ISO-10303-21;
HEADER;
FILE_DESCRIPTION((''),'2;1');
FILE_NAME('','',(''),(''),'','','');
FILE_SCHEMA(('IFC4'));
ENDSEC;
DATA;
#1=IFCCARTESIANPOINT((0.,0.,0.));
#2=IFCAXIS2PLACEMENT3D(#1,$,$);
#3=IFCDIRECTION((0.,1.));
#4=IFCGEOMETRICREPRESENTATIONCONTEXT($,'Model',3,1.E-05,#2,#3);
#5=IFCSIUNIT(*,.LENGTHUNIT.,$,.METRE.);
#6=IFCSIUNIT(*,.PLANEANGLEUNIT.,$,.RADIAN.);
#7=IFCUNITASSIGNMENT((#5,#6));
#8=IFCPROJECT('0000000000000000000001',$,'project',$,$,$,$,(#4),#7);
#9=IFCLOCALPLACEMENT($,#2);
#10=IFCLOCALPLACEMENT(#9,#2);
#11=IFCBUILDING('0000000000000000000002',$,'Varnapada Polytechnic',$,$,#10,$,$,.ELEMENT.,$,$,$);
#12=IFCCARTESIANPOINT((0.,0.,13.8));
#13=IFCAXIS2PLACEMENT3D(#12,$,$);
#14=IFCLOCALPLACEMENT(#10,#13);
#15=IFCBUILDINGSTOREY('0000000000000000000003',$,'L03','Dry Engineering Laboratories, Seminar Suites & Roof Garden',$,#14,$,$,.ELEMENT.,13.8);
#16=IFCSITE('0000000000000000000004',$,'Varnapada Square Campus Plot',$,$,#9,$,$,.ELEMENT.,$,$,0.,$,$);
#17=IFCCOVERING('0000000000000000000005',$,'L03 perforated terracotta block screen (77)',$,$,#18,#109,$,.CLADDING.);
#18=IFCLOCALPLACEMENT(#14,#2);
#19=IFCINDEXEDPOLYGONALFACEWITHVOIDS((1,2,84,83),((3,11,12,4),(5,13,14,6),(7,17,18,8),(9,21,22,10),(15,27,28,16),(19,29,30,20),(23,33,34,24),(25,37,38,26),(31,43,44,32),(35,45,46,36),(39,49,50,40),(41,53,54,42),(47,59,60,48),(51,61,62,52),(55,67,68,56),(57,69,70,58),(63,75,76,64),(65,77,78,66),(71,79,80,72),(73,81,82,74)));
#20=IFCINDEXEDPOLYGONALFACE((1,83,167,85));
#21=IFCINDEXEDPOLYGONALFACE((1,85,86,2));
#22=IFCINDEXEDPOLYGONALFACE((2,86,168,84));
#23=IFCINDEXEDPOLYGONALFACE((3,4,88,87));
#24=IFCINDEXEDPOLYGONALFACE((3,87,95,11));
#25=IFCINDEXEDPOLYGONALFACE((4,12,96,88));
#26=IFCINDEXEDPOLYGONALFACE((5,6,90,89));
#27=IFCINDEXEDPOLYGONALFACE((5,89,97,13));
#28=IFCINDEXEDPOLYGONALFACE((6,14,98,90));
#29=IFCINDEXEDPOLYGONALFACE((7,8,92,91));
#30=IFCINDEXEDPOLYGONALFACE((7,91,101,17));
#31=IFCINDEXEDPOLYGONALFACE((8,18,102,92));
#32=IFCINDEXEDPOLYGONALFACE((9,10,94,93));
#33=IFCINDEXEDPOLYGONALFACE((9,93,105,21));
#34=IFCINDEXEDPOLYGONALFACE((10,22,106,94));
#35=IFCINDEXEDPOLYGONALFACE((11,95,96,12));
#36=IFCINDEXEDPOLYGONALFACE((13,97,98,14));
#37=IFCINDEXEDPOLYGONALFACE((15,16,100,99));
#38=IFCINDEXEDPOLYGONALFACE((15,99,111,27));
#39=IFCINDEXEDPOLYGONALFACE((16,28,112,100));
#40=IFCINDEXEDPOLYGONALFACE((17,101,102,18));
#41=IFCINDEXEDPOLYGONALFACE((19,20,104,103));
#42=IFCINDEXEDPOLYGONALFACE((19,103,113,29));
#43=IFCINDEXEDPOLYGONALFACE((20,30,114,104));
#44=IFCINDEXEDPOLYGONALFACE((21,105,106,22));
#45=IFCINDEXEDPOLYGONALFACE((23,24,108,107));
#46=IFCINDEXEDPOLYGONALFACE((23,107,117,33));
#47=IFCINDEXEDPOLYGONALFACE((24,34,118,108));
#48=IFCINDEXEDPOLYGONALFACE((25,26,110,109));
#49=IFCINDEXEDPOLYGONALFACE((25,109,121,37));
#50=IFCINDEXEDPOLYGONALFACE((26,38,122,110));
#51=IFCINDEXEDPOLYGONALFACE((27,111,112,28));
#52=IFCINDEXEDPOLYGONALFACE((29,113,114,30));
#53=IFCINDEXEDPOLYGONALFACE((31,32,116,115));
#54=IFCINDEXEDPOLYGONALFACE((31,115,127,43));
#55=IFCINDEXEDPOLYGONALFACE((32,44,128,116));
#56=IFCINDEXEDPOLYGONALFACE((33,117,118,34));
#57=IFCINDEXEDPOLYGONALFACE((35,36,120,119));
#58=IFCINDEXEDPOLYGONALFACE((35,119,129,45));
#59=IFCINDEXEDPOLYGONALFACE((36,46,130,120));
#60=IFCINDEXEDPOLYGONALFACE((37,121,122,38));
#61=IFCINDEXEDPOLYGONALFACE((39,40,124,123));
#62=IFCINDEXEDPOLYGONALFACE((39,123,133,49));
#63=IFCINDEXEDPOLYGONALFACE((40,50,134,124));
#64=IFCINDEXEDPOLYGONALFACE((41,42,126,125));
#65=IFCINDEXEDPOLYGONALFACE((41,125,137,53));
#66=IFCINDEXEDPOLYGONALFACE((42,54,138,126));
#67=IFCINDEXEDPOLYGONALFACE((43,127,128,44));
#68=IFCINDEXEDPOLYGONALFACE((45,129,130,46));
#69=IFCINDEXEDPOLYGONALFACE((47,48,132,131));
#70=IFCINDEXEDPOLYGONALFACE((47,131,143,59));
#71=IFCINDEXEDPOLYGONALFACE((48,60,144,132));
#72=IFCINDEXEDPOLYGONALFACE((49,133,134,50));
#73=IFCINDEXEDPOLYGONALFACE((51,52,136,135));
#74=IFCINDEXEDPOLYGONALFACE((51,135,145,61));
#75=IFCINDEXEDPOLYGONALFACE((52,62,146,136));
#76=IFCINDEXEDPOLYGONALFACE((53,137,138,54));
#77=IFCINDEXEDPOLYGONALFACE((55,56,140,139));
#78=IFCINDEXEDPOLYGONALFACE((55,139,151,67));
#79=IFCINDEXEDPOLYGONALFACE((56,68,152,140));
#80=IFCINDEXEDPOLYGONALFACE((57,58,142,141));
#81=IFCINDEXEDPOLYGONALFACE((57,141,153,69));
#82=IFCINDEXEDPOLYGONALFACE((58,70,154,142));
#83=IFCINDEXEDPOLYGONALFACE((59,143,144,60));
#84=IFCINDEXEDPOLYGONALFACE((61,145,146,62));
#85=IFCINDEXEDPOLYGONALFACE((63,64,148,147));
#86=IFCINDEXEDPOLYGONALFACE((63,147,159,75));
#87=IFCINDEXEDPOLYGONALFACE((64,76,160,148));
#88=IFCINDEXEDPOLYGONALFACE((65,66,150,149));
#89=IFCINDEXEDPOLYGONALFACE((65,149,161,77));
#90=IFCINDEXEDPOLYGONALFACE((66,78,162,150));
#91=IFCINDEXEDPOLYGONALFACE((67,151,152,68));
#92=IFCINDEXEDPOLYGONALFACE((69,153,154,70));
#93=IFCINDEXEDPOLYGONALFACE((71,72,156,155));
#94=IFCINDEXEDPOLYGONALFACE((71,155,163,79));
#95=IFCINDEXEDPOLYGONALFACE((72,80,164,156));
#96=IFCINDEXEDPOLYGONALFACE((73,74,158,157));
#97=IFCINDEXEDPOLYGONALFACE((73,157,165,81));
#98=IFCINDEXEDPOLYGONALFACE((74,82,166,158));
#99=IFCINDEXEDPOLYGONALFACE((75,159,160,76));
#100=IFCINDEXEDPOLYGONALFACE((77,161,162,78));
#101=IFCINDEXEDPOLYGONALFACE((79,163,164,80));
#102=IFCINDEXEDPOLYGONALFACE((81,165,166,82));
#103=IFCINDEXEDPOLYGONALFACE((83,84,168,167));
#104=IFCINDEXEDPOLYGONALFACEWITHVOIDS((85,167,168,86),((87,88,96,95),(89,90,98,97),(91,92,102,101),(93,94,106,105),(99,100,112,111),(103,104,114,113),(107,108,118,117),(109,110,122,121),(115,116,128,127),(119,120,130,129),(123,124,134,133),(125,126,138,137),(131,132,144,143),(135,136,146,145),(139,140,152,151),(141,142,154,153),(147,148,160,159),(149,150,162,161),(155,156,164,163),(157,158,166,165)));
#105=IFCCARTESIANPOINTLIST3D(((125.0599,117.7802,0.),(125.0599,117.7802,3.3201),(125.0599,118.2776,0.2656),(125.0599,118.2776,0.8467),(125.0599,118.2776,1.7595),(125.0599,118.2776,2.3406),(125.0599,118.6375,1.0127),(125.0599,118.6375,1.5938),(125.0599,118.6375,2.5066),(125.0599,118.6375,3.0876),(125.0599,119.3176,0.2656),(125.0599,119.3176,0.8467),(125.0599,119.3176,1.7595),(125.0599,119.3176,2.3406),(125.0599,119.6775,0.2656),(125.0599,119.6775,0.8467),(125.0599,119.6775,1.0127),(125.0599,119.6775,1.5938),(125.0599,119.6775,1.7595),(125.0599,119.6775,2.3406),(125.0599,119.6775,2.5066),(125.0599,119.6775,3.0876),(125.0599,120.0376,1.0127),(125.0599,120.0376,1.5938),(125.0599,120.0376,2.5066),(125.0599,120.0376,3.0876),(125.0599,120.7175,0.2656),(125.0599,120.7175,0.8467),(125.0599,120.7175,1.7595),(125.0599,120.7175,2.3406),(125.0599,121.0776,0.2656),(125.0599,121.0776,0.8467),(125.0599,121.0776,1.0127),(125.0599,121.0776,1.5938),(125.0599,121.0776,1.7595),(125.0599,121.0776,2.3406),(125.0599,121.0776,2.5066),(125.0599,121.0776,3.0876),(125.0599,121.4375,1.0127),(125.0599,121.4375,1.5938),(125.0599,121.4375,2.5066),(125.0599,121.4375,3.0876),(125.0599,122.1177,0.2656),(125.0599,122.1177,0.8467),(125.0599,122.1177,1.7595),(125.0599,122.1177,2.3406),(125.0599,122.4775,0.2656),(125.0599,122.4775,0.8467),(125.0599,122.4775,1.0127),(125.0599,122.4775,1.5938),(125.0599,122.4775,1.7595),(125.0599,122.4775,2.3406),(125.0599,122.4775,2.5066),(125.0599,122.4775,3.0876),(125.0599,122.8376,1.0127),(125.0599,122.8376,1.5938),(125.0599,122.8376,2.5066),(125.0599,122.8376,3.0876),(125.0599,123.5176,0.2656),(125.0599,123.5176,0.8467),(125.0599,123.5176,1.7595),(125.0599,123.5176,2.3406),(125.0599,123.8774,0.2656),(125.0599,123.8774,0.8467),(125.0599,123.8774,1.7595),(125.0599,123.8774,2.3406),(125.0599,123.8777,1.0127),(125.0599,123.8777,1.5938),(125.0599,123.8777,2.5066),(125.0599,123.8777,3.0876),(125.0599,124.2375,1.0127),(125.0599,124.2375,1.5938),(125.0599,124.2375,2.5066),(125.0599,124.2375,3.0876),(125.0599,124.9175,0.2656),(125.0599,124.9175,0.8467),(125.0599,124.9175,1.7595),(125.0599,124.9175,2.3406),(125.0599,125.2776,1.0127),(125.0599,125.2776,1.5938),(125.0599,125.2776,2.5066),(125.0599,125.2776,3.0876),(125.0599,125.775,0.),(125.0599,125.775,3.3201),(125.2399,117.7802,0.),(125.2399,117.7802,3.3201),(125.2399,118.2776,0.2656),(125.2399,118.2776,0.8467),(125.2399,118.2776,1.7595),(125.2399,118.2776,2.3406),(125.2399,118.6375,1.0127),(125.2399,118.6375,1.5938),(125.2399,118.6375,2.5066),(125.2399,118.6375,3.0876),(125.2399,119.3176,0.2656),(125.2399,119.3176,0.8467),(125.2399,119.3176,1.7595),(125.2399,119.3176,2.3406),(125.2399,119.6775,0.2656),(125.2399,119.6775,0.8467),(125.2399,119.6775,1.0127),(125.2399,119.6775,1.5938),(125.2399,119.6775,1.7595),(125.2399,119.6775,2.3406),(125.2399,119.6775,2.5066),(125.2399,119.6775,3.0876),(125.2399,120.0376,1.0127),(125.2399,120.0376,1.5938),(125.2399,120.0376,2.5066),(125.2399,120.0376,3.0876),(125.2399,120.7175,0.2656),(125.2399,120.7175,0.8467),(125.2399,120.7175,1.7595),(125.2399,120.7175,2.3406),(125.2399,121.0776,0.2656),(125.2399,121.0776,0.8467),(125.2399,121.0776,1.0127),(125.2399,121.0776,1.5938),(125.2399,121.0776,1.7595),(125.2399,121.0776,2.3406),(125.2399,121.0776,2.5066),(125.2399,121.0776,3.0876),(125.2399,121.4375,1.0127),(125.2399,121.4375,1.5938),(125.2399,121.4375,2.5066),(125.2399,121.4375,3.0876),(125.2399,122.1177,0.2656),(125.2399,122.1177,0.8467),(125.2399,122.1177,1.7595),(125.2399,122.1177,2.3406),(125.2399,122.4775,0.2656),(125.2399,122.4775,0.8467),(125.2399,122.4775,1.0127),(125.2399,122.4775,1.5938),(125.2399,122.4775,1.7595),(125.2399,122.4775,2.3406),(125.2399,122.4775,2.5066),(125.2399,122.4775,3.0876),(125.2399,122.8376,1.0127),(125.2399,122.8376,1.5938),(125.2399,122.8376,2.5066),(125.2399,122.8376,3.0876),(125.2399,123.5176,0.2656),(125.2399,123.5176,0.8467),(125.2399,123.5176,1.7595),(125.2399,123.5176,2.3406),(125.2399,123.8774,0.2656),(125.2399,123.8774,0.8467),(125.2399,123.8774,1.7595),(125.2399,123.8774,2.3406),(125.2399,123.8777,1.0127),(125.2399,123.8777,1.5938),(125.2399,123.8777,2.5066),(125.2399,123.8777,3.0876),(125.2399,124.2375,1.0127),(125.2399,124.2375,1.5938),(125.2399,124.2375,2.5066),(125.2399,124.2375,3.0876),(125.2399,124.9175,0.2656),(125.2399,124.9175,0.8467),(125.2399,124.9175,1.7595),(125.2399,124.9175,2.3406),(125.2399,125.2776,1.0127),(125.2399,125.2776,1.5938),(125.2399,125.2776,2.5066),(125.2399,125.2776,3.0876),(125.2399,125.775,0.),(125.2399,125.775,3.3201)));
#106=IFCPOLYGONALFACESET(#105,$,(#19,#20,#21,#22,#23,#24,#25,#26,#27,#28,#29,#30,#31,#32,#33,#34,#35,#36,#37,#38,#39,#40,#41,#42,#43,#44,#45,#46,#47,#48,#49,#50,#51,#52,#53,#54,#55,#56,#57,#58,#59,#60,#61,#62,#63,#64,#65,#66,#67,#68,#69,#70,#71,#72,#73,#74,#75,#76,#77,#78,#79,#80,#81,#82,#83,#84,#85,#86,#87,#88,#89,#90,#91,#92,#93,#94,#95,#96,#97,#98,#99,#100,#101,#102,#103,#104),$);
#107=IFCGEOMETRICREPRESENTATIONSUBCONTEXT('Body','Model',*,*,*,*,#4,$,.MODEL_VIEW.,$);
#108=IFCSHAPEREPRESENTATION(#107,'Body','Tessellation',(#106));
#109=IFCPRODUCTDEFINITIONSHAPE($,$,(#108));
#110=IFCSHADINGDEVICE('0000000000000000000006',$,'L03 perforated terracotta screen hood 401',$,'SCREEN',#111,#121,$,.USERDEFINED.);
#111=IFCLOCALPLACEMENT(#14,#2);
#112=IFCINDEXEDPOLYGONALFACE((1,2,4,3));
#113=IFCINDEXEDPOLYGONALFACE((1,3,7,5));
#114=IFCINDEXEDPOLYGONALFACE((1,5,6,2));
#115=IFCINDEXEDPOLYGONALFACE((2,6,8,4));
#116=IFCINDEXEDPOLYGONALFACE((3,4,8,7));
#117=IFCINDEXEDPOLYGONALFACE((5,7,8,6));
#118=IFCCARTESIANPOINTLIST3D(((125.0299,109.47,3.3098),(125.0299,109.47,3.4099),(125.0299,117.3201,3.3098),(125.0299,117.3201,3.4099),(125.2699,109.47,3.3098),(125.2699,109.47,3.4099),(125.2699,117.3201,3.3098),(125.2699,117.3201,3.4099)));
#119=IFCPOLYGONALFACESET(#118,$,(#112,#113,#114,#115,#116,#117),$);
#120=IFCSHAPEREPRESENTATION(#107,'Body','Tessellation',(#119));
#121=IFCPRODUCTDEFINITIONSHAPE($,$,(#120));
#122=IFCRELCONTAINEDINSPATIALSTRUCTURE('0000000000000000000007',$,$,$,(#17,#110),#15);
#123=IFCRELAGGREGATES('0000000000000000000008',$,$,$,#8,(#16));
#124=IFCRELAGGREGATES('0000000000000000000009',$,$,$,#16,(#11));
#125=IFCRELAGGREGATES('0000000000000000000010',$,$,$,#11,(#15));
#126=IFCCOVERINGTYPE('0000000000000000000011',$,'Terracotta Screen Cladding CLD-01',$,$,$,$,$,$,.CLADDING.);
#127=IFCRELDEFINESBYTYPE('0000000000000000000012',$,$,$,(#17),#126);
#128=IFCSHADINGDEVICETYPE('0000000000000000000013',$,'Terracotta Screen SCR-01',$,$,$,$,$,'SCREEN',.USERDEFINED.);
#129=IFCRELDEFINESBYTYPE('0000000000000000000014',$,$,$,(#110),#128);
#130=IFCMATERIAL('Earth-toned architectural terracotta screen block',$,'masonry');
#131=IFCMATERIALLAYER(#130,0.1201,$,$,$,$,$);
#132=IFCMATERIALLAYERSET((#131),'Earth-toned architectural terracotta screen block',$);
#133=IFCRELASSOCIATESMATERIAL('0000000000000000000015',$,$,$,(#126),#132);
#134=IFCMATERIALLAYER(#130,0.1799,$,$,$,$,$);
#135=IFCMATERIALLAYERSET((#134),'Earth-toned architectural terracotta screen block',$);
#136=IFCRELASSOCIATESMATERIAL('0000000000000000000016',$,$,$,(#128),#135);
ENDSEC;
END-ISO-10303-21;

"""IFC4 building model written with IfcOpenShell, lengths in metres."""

from ifc_helpers import new_model, si_unit, direction, frame, frame_2d, origin, origin_2d, place, context, subcontext, project, spatial, rectangle, extrude, material, layer, layer_set, type_object, element, save


model = new_model("IFC4")

# Units and contexts
model_context = context("Model", 3, precision=1e-05, world=origin(), true_north=direction((0.0, 1.0)))
body_context = subcontext(model_context, "Body", "Model", "MODEL_VIEW")
ifc_project = project(units=[si_unit("LENGTHUNIT", "METRE"), si_unit("PLANEANGLEUNIT", "RADIAN")], contexts=[model_context])

# Site, building, storey
site_placement = place(None, origin())
site = spatial("IfcSite", under=ifc_project, at=site_placement, Name="Varnapada Square Campus Plot", CompositionType="ELEMENT", RefElevation=0.0)
building_placement = place(site_placement, origin())
building = spatial("IfcBuilding", under=site, at=building_placement, Name="Varnapada Polytechnic", CompositionType="ELEMENT")
storey_placement = place(building_placement, frame((0.0, 0.0, 13.8)))
storey = spatial("IfcBuildingStorey", under=building, at=storey_placement, Name="L03", Description="Dry Engineering Laboratories, Seminar Suites & Roof Garden", CompositionType="ELEMENT", Elevation=13.8)

# Covering, openings
ifc_material_1 = material(Name="Earth-toned architectural terracotta screen block", Category="masonry")
ifc_layer_1 = layer(ifc_material_1, 0.1201)
ifc_layer_set_1 = layer_set([ifc_layer_1], Name="Earth-toned architectural terracotta screen block")
covering_type = type_object("IfcCoveringType", Name="Terracotta Screen Cladding CLD-01", PredefinedType="CLADDING", material=ifc_layer_set_1)
covering_placement = place(storey_placement, frame((125.1499, 117.78, 0.0), z_axis=(0.0, 0.0, 1.0), x_axis=(0.0, 1.0, 0.0)))
covering = element("IfcCovering", 1, at=covering_placement, inside=storey, type_object=covering_type, Name="L03 perforated terracotta block screen (77)", PredefinedType="CLADDING", context=body_context, shape_type="SweptSolid", body=[
    extrude(rectangle(XDim=7.9949, YDim=0.1799, at=frame_2d((3.9976, 0.0))), origin(), (0.0, 0.0, 1.0), 3.3201),
])
opening_1_placement = place(covering_placement, frame((0.4976, 0.0, 0.2656)))
element("IfcOpeningElement", 2, at=opening_1_placement, cuts=covering, PredefinedType="OPENING", context=body_context, shape_type="SweptSolid", body=[
    extrude(rectangle(XDim=1.04, YDim=0.5811, at=frame_2d((0.52, 0.2905))), frame((0.0, 0.0999, 0.0), z_axis=(0.0, -1.0, 0.0), x_axis=(1.0, 0.0, 0.0)), (0.0, 0.0, 1.0), 0.2),
])
opening_2_placement = place(covering_placement, frame((1.8975, 0.0, 0.2656)))
element("IfcOpeningElement", 3, at=opening_2_placement, cuts=covering, PredefinedType="OPENING", context=body_context, shape_type="SweptSolid", body=[
    extrude(rectangle(XDim=1.04, YDim=0.5811, at=frame_2d((0.52, 0.2905))), frame((0.0, 0.0999, 0.0), z_axis=(0.0, -1.0, 0.0), x_axis=(1.0, 0.0, 0.0)), (0.0, 0.0, 1.0), 0.2),
])
opening_3_placement = place(covering_placement, frame((3.2976, 0.0, 0.2656)))
element("IfcOpeningElement", 4, at=opening_3_placement, cuts=covering, PredefinedType="OPENING", context=body_context, shape_type="SweptSolid", body=[
    extrude(rectangle(XDim=1.04, YDim=0.5811, at=frame_2d((0.52, 0.2905))), frame((0.0, 0.0999, 0.0), z_axis=(0.0, -1.0, 0.0), x_axis=(1.0, 0.0, 0.0)), (0.0, 0.0, 1.0), 0.2),
])
opening_4_placement = place(covering_placement, frame((4.6975, 0.0, 0.2656)))
element("IfcOpeningElement", 5, at=opening_4_placement, cuts=covering, PredefinedType="OPENING", context=body_context, shape_type="SweptSolid", body=[
    extrude(rectangle(XDim=1.04, YDim=0.5811, at=frame_2d((0.52, 0.2905))), frame((0.0, 0.0999, 0.0), z_axis=(0.0, -1.0, 0.0), x_axis=(1.0, 0.0, 0.0)), (0.0, 0.0, 1.0), 0.2),
])
opening_5_placement = place(covering_placement, frame((6.0974, 0.0, 0.2656)))
element("IfcOpeningElement", 6, at=opening_5_placement, cuts=covering, PredefinedType="OPENING", context=body_context, shape_type="SweptSolid", body=[
    extrude(rectangle(XDim=1.04, YDim=0.5811, at=frame_2d((0.52, 0.2905))), frame((0.0, 0.0999, 0.0), z_axis=(0.0, -1.0, 0.0), x_axis=(1.0, 0.0, 0.0)), (0.0, 0.0, 1.0), 0.2),
])
opening_6_placement = place(covering_placement, frame((0.8574, 0.0, 1.0127)))
element("IfcOpeningElement", 7, at=opening_6_placement, cuts=covering, PredefinedType="OPENING", context=body_context, shape_type="SweptSolid", body=[
    extrude(rectangle(XDim=1.04, YDim=0.5811, at=frame_2d((0.52, 0.2905))), frame((0.0, 0.0999, 0.0), z_axis=(0.0, -1.0, 0.0), x_axis=(1.0, 0.0, 0.0)), (0.0, 0.0, 1.0), 0.2),
])
opening_7_placement = place(covering_placement, frame((2.2576, 0.0, 1.0127)))
element("IfcOpeningElement", 8, at=opening_7_placement, cuts=covering, PredefinedType="OPENING", context=body_context, shape_type="SweptSolid", body=[
    extrude(rectangle(XDim=1.04, YDim=0.5811, at=frame_2d((0.52, 0.2905))), frame((0.0, 0.0999, 0.0), z_axis=(0.0, -1.0, 0.0), x_axis=(1.0, 0.0, 0.0)), (0.0, 0.0, 1.0), 0.2),
])
opening_8_placement = place(covering_placement, frame((3.6575, 0.0, 1.0127)))
element("IfcOpeningElement", 9, at=opening_8_placement, cuts=covering, PredefinedType="OPENING", context=body_context, shape_type="SweptSolid", body=[
    extrude(rectangle(XDim=1.04, YDim=0.5811, at=frame_2d((0.52, 0.2905))), frame((0.0, 0.0999, 0.0), z_axis=(0.0, -1.0, 0.0), x_axis=(1.0, 0.0, 0.0)), (0.0, 0.0, 1.0), 0.2),
])
opening_9_placement = place(covering_placement, frame((5.0576, 0.0, 1.0127)))
element("IfcOpeningElement", 10, at=opening_9_placement, cuts=covering, PredefinedType="OPENING", context=body_context, shape_type="SweptSolid", body=[
    extrude(rectangle(XDim=1.04, YDim=0.5811, at=frame_2d((0.52, 0.2905))), frame((0.0, 0.0999, 0.0), z_axis=(0.0, -1.0, 0.0), x_axis=(1.0, 0.0, 0.0)), (0.0, 0.0, 1.0), 0.2),
])
opening_10_placement = place(covering_placement, frame((6.4575, 0.0, 1.0127)))
element("IfcOpeningElement", 11, at=opening_10_placement, cuts=covering, PredefinedType="OPENING", context=body_context, shape_type="SweptSolid", body=[
    extrude(rectangle(XDim=1.04, YDim=0.5811, at=frame_2d((0.52, 0.2905))), frame((0.0, 0.0999, 0.0), z_axis=(0.0, -1.0, 0.0), x_axis=(1.0, 0.0, 0.0)), (0.0, 0.0, 1.0), 0.2),
])
opening_11_placement = place(covering_placement, frame((0.4976, 0.0, 1.7595)))
element("IfcOpeningElement", 12, at=opening_11_placement, cuts=covering, PredefinedType="OPENING", context=body_context, shape_type="SweptSolid", body=[
    extrude(rectangle(XDim=1.04, YDim=0.5811, at=frame_2d((0.52, 0.2905))), frame((0.0, 0.0999, 0.0), z_axis=(0.0, -1.0, 0.0), x_axis=(1.0, 0.0, 0.0)), (0.0, 0.0, 1.0), 0.2),
])
opening_12_placement = place(covering_placement, frame((1.8975, 0.0, 1.7595)))
element("IfcOpeningElement", 13, at=opening_12_placement, cuts=covering, PredefinedType="OPENING", context=body_context, shape_type="SweptSolid", body=[
    extrude(rectangle(XDim=1.04, YDim=0.5811, at=frame_2d((0.52, 0.2905))), frame((0.0, 0.0999, 0.0), z_axis=(0.0, -1.0, 0.0), x_axis=(1.0, 0.0, 0.0)), (0.0, 0.0, 1.0), 0.2),
])
opening_13_placement = place(covering_placement, frame((3.2976, 0.0, 1.7595)))
element("IfcOpeningElement", 14, at=opening_13_placement, cuts=covering, PredefinedType="OPENING", context=body_context, shape_type="SweptSolid", body=[
    extrude(rectangle(XDim=1.04, YDim=0.5811, at=frame_2d((0.52, 0.2905))), frame((0.0, 0.0999, 0.0), z_axis=(0.0, -1.0, 0.0), x_axis=(1.0, 0.0, 0.0)), (0.0, 0.0, 1.0), 0.2),
])
opening_14_placement = place(covering_placement, frame((4.6975, 0.0, 1.7595)))
element("IfcOpeningElement", 15, at=opening_14_placement, cuts=covering, PredefinedType="OPENING", context=body_context, shape_type="SweptSolid", body=[
    extrude(rectangle(XDim=1.04, YDim=0.5811, at=frame_2d((0.52, 0.2905))), frame((0.0, 0.0999, 0.0), z_axis=(0.0, -1.0, 0.0), x_axis=(1.0, 0.0, 0.0)), (0.0, 0.0, 1.0), 0.2),
])
opening_15_placement = place(covering_placement, frame((6.0974, 0.0, 1.7595)))
element("IfcOpeningElement", 16, at=opening_15_placement, cuts=covering, PredefinedType="OPENING", context=body_context, shape_type="SweptSolid", body=[
    extrude(rectangle(XDim=1.04, YDim=0.5811, at=frame_2d((0.52, 0.2905))), frame((0.0, 0.0999, 0.0), z_axis=(0.0, -1.0, 0.0), x_axis=(1.0, 0.0, 0.0)), (0.0, 0.0, 1.0), 0.2),
])
opening_16_placement = place(covering_placement, frame((0.8574, 0.0, 2.5066)))
element("IfcOpeningElement", 17, at=opening_16_placement, cuts=covering, PredefinedType="OPENING", context=body_context, shape_type="SweptSolid", body=[
    extrude(rectangle(XDim=1.04, YDim=0.5811, at=frame_2d((0.52, 0.2905))), frame((0.0, 0.0999, 0.0), z_axis=(0.0, -1.0, 0.0), x_axis=(1.0, 0.0, 0.0)), (0.0, 0.0, 1.0), 0.2),
])
opening_17_placement = place(covering_placement, frame((2.2576, 0.0, 2.5066)))
element("IfcOpeningElement", 18, at=opening_17_placement, cuts=covering, PredefinedType="OPENING", context=body_context, shape_type="SweptSolid", body=[
    extrude(rectangle(XDim=1.04, YDim=0.5811, at=frame_2d((0.52, 0.2905))), frame((0.0, 0.0999, 0.0), z_axis=(0.0, -1.0, 0.0), x_axis=(1.0, 0.0, 0.0)), (0.0, 0.0, 1.0), 0.2),
])
opening_18_placement = place(covering_placement, frame((3.6575, 0.0, 2.5066)))
element("IfcOpeningElement", 19, at=opening_18_placement, cuts=covering, PredefinedType="OPENING", context=body_context, shape_type="SweptSolid", body=[
    extrude(rectangle(XDim=1.04, YDim=0.5811, at=frame_2d((0.52, 0.2905))), frame((0.0, 0.0999, 0.0), z_axis=(0.0, -1.0, 0.0), x_axis=(1.0, 0.0, 0.0)), (0.0, 0.0, 1.0), 0.2),
])
opening_19_placement = place(covering_placement, frame((5.0576, 0.0, 2.5066)))
element("IfcOpeningElement", 20, at=opening_19_placement, cuts=covering, PredefinedType="OPENING", context=body_context, shape_type="SweptSolid", body=[
    extrude(rectangle(XDim=1.04, YDim=0.5811, at=frame_2d((0.52, 0.2905))), frame((0.0, 0.0999, 0.0), z_axis=(0.0, -1.0, 0.0), x_axis=(1.0, 0.0, 0.0)), (0.0, 0.0, 1.0), 0.2),
])
opening_20_placement = place(covering_placement, frame((6.4575, 0.0, 2.5066)))
element("IfcOpeningElement", 21, at=opening_20_placement, cuts=covering, PredefinedType="OPENING", context=body_context, shape_type="SweptSolid", body=[
    extrude(rectangle(XDim=1.04, YDim=0.5811, at=frame_2d((0.52, 0.2905))), frame((0.0, 0.0999, 0.0), z_axis=(0.0, -1.0, 0.0), x_axis=(1.0, 0.0, 0.0)), (0.0, 0.0, 1.0), 0.2),
])

# Shading device
ifc_layer_2 = layer(ifc_material_1, 0.1799)
ifc_layer_set_2 = layer_set([ifc_layer_2], Name="Earth-toned architectural terracotta screen block")
shading_device_type = type_object("IfcShadingDeviceType", Name="Terracotta Screen SCR-01", ElementType="SCREEN", PredefinedType="USERDEFINED", material=ifc_layer_set_2)
shading_device_placement = place(storey_placement, frame((125.1499, 113.395, 3.3098), z_axis=(0.0, 0.0, 1.0), x_axis=(0.0, 1.0, 0.0)))
element("IfcShadingDevice", 22, at=shading_device_placement, inside=storey, type_object=shading_device_type, Name="L03 perforated terracotta screen hood 401", ObjectType="SCREEN", PredefinedType="USERDEFINED", context=body_context, shape_type="SweptSolid", body=[
    extrude(rectangle(XDim=7.8501, YDim=0.24, at=origin_2d()), origin(), (0.0, 0.0, 1.0), 0.1001),
])

save(model, "model.ifc")
